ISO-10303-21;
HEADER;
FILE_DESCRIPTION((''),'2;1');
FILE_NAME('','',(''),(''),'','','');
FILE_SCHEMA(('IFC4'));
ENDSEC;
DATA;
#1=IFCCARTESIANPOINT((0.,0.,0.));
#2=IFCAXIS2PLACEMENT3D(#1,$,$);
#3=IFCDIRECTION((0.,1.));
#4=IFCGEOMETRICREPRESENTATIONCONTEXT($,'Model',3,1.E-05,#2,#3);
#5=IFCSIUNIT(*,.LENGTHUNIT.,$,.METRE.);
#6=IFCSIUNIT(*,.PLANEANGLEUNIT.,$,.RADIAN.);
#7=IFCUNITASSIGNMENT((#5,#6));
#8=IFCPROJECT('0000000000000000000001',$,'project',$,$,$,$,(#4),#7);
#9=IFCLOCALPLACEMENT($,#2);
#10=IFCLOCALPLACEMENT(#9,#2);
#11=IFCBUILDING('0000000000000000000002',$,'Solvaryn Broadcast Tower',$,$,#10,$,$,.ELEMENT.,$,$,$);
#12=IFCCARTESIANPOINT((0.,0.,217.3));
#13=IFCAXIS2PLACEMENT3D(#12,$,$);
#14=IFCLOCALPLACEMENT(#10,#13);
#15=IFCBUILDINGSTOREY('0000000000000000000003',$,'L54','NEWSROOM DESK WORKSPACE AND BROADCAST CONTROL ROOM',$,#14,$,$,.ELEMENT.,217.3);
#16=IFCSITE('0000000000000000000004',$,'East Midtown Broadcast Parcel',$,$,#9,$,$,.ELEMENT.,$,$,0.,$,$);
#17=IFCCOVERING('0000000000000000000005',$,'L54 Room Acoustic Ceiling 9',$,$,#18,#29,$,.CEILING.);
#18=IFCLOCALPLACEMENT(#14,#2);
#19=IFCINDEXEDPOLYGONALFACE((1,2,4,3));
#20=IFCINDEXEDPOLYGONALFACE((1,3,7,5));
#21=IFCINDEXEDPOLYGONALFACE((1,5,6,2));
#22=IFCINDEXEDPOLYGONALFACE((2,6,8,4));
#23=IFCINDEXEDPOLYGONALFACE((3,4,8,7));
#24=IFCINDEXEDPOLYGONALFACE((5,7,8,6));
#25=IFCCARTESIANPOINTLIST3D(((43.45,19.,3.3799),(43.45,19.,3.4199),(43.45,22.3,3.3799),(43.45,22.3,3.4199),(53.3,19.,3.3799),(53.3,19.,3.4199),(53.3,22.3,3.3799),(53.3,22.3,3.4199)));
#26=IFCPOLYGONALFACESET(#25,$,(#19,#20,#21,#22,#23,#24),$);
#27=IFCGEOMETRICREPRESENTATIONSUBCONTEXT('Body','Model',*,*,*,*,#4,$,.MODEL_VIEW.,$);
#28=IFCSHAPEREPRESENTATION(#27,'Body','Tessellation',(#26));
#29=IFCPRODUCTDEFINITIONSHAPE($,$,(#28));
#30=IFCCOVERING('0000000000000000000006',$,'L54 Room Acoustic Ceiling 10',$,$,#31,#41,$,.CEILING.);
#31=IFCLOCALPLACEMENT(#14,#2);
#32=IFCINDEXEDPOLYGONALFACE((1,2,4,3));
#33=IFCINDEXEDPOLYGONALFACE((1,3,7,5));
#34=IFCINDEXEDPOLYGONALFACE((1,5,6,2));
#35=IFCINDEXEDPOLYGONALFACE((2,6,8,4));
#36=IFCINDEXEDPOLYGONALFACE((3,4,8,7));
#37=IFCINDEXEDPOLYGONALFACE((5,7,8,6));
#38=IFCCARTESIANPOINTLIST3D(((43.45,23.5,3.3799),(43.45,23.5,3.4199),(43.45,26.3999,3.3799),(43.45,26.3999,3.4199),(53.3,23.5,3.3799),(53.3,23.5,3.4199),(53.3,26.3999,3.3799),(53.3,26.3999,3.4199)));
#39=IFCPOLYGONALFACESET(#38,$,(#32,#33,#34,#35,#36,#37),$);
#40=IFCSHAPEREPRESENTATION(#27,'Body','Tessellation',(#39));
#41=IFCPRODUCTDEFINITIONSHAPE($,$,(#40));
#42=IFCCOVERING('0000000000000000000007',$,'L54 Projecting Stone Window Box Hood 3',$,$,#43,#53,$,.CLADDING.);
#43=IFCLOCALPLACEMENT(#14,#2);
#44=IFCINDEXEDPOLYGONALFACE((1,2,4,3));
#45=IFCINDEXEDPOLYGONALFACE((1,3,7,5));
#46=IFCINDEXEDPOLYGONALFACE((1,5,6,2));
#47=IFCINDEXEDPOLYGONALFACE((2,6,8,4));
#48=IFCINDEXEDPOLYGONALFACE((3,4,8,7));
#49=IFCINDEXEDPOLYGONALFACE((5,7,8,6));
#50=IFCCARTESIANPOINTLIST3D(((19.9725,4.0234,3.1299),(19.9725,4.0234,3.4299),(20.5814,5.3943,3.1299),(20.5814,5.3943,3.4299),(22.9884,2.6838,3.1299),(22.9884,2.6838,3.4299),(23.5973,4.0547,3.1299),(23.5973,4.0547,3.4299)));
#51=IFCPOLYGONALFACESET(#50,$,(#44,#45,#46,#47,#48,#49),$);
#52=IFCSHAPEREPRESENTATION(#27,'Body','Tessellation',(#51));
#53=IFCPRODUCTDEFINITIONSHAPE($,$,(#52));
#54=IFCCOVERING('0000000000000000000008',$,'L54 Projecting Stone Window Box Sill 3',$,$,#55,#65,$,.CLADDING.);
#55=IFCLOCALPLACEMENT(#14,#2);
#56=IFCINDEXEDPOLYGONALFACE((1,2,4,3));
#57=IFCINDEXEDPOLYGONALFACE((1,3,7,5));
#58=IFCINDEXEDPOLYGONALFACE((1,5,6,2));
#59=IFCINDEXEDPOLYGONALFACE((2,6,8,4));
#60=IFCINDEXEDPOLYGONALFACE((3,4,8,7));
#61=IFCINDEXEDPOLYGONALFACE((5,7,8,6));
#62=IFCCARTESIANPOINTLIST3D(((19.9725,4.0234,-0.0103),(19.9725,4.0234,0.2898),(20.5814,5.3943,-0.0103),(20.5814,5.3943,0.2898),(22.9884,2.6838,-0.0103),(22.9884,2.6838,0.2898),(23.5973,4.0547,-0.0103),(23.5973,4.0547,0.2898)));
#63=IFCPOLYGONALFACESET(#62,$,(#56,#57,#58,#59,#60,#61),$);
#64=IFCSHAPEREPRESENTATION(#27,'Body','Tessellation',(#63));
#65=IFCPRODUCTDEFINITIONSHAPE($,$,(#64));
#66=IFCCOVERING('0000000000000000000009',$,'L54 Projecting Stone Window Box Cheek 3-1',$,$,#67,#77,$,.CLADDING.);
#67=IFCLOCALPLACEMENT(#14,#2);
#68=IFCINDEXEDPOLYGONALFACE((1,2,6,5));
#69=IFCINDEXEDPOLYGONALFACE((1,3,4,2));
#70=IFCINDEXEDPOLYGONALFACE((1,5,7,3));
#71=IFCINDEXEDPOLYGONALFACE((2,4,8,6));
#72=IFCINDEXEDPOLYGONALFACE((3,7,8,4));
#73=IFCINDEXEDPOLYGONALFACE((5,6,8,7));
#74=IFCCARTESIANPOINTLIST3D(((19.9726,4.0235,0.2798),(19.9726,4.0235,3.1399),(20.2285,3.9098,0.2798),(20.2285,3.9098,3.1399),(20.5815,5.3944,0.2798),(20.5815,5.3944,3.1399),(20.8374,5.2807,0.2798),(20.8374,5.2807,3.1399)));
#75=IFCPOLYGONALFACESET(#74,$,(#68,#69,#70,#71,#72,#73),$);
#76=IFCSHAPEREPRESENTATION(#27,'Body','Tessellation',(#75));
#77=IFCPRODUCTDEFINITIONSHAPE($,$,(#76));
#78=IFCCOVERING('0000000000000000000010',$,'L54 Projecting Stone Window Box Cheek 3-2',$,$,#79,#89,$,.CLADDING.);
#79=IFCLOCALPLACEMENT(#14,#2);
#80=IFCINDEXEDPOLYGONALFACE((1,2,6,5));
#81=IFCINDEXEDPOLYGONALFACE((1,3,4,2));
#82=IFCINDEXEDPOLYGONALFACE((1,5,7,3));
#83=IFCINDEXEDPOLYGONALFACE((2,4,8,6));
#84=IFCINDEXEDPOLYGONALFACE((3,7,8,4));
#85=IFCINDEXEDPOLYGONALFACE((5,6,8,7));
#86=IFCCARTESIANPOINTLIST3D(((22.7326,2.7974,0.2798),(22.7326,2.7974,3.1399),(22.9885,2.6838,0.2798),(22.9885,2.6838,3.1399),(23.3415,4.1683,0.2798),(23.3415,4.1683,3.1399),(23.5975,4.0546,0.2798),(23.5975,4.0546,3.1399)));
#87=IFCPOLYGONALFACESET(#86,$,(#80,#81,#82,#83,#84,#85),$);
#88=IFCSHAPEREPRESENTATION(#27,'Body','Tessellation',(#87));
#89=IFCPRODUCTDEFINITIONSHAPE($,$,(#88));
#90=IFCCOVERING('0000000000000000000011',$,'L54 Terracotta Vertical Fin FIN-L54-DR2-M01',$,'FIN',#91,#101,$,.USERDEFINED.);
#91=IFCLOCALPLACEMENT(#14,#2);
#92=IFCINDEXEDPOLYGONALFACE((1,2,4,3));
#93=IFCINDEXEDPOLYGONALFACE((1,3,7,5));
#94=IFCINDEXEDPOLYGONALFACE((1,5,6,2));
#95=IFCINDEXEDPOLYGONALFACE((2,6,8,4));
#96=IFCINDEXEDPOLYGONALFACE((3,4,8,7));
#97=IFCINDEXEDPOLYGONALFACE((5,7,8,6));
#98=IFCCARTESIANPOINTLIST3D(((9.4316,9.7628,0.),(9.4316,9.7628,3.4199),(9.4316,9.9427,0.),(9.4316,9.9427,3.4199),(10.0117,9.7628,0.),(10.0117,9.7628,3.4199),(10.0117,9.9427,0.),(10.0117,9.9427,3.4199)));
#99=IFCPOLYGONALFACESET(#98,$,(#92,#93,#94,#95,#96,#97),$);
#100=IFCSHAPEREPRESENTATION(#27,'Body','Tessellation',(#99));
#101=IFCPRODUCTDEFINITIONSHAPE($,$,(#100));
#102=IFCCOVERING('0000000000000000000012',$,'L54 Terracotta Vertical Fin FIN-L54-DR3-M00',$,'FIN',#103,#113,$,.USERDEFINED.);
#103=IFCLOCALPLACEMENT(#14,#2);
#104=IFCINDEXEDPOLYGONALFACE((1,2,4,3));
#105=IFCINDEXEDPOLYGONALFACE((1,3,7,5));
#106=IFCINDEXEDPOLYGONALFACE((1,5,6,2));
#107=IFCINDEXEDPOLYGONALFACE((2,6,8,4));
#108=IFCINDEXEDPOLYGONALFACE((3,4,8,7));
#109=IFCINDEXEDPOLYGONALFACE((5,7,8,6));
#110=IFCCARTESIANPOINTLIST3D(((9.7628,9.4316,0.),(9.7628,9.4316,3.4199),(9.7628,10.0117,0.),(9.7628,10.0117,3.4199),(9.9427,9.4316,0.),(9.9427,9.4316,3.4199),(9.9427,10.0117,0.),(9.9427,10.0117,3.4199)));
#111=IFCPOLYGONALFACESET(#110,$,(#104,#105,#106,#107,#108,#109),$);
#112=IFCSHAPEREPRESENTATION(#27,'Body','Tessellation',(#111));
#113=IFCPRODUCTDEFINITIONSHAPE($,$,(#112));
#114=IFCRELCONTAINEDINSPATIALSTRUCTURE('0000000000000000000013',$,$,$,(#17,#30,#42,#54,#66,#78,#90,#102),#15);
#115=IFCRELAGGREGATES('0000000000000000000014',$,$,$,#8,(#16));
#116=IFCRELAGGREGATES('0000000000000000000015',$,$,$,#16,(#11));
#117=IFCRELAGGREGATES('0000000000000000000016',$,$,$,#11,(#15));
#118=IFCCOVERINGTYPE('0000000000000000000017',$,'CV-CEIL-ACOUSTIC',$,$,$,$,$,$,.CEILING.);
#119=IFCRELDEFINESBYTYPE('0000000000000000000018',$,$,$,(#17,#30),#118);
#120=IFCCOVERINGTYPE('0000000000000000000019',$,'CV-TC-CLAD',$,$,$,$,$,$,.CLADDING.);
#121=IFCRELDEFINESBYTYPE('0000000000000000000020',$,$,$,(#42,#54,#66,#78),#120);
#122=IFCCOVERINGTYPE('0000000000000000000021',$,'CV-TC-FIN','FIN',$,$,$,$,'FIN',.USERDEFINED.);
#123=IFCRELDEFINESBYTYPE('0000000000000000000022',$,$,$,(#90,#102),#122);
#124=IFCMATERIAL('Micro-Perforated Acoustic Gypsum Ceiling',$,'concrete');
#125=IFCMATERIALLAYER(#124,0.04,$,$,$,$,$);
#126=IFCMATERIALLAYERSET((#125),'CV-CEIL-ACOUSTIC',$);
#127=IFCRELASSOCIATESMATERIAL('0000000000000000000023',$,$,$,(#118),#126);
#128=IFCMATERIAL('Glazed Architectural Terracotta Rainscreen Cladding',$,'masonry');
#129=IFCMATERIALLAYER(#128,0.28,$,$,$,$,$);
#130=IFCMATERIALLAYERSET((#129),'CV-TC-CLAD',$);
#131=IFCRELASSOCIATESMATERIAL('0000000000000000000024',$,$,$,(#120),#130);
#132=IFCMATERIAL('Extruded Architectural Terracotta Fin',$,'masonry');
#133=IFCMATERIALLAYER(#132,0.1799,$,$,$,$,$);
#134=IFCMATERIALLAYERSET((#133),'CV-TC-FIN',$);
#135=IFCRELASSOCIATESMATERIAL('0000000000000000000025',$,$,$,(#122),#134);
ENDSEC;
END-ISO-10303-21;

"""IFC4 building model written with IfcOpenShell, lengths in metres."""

from ifc_helpers import new_model, si_unit, direction, frame, origin, origin_2d, place, context, subcontext, project, spatial, polyline, rectangle, outline, extrude, material, layer, layer_set, type_object, element, save


model = new_model("IFC4")

# Units and contexts
model_context = context("Model", 3, precision=1e-05, world=origin(), true_north=direction((0.0, 1.0)))
body_context = subcontext(model_context, "Body", "Model", "MODEL_VIEW")
ifc_project = project(units=[si_unit("LENGTHUNIT", "METRE"), si_unit("PLANEANGLEUNIT", "RADIAN")], contexts=[model_context])

# Site, building, storey
site_placement = place(None, origin())
site = spatial("IfcSite", under=ifc_project, at=site_placement, Name="East Midtown Broadcast Parcel", CompositionType="ELEMENT", RefElevation=0.0)
building_placement = place(site_placement, origin())
building = spatial("IfcBuilding", under=site, at=building_placement, Name="Solvaryn Broadcast Tower", CompositionType="ELEMENT")
storey_placement = place(building_placement, frame((0.0, 0.0, 217.3)))
storey = spatial("IfcBuildingStorey", under=building, at=storey_placement, Name="L54", Description="NEWSROOM DESK WORKSPACE AND BROADCAST CONTROL ROOM", CompositionType="ELEMENT", Elevation=217.3)

# Coverings
ifc_material_1 = material(Name="Micro-Perforated Acoustic Gypsum Ceiling", Category="concrete")
ifc_layer_1 = layer(ifc_material_1, 0.04)
ifc_layer_set_1 = layer_set([ifc_layer_1], Name="CV-CEIL-ACOUSTIC")
covering_type_1 = type_object("IfcCoveringType", Name="CV-CEIL-ACOUSTIC", PredefinedType="CEILING", material=ifc_layer_set_1)
covering_1_placement = place(storey_placement, frame((0.0, 0.0, 3.3799)))
element("IfcCovering", 1, at=covering_1_placement, inside=storey, type_object=covering_type_1, Name="L54 Room Acoustic Ceiling 9", PredefinedType="CEILING", context=body_context, shape_type="SweptSolid", body=[
    extrude(outline(polyline([(43.45, 19.0), (53.3, 19.0), (53.3, 22.3), (43.45, 22.3), (43.45, 19.0)])), origin(), (0.0, 0.0, 1.0), 0.04),
])
covering_2_placement = place(storey_placement, frame((0.0, 0.0, 3.3799)))
element("IfcCovering", 2, at=covering_2_placement, inside=storey, type_object=covering_type_1, Name="L54 Room Acoustic Ceiling 10", PredefinedType="CEILING", context=body_context, shape_type="SweptSolid", body=[
    extrude(outline(polyline([(43.45, 23.5), (53.3, 23.5), (53.3, 26.3999), (43.45, 26.3999), (43.45, 23.5)])), origin(), (0.0, 0.0, 1.0), 0.04),
])
ifc_material_2 = material(Name="Glazed Architectural Terracotta Rainscreen Cladding", Category="masonry")
ifc_layer_2 = layer(ifc_material_2, 0.28)
ifc_layer_set_2 = layer_set([ifc_layer_2], Name="CV-TC-CLAD")
covering_type_2 = type_object("IfcCoveringType", Name="CV-TC-CLAD", PredefinedType="CLADDING", material=ifc_layer_set_2)
for number, where, z_axis, x_axis, name in (
    (3, (21.7849, 4.0391, 3.1299), (0.0, 0.0, 1.0), (0.9139, -0.405939, 0.0), "L54 Projecting Stone Window Box Hood 3"),
    (4, (21.7849, 4.0391, -0.0103), (0.0, 0.0, 1.0), (0.9139, -0.405939, 0.0), "L54 Projecting Stone Window Box Sill 3"),
):
    element("IfcCovering", number, at=place(storey_placement, frame(where, z_axis=z_axis, x_axis=x_axis)), inside=storey, type_object=covering_type_2, Name=name, PredefinedType="CLADDING", context=body_context, shape_type="SweptSolid", body=[
        extrude(rectangle(XDim=3.3, YDim=1.5, at=origin_2d()), origin(), (0.0, 0.0, 1.0), 0.3),
    ])
for number, where, z_axis, x_axis, name in (
    (5, (20.405, 4.6521, 0.2798), (0.0, 0.0, 1.0), (0.9139, -0.405939, 0.0), "L54 Projecting Stone Window Box Cheek 3-1"),
    (6, (23.165, 3.426, 0.2798), (0.0, 0.0, 1.0), (0.9139, -0.405939, 0.0), "L54 Projecting Stone Window Box Cheek 3-2"),
):
    element("IfcCovering", number, at=place(storey_placement, frame(where, z_axis=z_axis, x_axis=x_axis)), inside=storey, type_object=covering_type_2, Name=name, PredefinedType="CLADDING", context=body_context, shape_type="SweptSolid", body=[
        extrude(rectangle(XDim=0.28, YDim=1.5, at=origin_2d()), origin(), (0.0, 0.0, 1.0), 2.8601),
    ])
ifc_material_3 = material(Name="Extruded Architectural Terracotta Fin", Category="masonry")
ifc_layer_3 = layer(ifc_material_3, 0.1799)
ifc_layer_set_3 = layer_set([ifc_layer_3], Name="CV-TC-FIN")
covering_type_3 = type_object("IfcCoveringType", Name="CV-TC-FIN", Description="FIN", ElementType="FIN", PredefinedType="USERDEFINED", material=ifc_layer_set_3)
covering_3_placement = place(storey_placement, frame((9.7217, 9.8528, 0.0), z_axis=(0.0, 0.0, 1.0), x_axis=(1.0, 0.0, 0.0)))
element("IfcCovering", 7, at=covering_3_placement, inside=storey, type_object=covering_type_3, Name="L54 Terracotta Vertical Fin FIN-L54-DR2-M01", ObjectType="FIN", PredefinedType="USERDEFINED", context=body_context, shape_type="SweptSolid", body=[
    extrude(rectangle(XDim=0.5801, YDim=0.1799, at=origin_2d()), origin(), (0.0, 0.0, 1.0), 3.4199),
])
covering_4_placement = place(storey_placement, frame((9.8528, 9.7217, 0.0), z_axis=(0.0, 0.0, 1.0), x_axis=(1.0, 0.0, 0.0)))
element("IfcCovering", 8, at=covering_4_placement, inside=storey, type_object=covering_type_3, Name="L54 Terracotta Vertical Fin FIN-L54-DR3-M00", ObjectType="FIN", PredefinedType="USERDEFINED", context=body_context, shape_type="SweptSolid", body=[
    extrude(rectangle(XDim=0.1799, YDim=0.5801, at=origin_2d()), origin(), (0.0, 0.0, 1.0), 3.4199),
])

save(model, "model.ifc")
